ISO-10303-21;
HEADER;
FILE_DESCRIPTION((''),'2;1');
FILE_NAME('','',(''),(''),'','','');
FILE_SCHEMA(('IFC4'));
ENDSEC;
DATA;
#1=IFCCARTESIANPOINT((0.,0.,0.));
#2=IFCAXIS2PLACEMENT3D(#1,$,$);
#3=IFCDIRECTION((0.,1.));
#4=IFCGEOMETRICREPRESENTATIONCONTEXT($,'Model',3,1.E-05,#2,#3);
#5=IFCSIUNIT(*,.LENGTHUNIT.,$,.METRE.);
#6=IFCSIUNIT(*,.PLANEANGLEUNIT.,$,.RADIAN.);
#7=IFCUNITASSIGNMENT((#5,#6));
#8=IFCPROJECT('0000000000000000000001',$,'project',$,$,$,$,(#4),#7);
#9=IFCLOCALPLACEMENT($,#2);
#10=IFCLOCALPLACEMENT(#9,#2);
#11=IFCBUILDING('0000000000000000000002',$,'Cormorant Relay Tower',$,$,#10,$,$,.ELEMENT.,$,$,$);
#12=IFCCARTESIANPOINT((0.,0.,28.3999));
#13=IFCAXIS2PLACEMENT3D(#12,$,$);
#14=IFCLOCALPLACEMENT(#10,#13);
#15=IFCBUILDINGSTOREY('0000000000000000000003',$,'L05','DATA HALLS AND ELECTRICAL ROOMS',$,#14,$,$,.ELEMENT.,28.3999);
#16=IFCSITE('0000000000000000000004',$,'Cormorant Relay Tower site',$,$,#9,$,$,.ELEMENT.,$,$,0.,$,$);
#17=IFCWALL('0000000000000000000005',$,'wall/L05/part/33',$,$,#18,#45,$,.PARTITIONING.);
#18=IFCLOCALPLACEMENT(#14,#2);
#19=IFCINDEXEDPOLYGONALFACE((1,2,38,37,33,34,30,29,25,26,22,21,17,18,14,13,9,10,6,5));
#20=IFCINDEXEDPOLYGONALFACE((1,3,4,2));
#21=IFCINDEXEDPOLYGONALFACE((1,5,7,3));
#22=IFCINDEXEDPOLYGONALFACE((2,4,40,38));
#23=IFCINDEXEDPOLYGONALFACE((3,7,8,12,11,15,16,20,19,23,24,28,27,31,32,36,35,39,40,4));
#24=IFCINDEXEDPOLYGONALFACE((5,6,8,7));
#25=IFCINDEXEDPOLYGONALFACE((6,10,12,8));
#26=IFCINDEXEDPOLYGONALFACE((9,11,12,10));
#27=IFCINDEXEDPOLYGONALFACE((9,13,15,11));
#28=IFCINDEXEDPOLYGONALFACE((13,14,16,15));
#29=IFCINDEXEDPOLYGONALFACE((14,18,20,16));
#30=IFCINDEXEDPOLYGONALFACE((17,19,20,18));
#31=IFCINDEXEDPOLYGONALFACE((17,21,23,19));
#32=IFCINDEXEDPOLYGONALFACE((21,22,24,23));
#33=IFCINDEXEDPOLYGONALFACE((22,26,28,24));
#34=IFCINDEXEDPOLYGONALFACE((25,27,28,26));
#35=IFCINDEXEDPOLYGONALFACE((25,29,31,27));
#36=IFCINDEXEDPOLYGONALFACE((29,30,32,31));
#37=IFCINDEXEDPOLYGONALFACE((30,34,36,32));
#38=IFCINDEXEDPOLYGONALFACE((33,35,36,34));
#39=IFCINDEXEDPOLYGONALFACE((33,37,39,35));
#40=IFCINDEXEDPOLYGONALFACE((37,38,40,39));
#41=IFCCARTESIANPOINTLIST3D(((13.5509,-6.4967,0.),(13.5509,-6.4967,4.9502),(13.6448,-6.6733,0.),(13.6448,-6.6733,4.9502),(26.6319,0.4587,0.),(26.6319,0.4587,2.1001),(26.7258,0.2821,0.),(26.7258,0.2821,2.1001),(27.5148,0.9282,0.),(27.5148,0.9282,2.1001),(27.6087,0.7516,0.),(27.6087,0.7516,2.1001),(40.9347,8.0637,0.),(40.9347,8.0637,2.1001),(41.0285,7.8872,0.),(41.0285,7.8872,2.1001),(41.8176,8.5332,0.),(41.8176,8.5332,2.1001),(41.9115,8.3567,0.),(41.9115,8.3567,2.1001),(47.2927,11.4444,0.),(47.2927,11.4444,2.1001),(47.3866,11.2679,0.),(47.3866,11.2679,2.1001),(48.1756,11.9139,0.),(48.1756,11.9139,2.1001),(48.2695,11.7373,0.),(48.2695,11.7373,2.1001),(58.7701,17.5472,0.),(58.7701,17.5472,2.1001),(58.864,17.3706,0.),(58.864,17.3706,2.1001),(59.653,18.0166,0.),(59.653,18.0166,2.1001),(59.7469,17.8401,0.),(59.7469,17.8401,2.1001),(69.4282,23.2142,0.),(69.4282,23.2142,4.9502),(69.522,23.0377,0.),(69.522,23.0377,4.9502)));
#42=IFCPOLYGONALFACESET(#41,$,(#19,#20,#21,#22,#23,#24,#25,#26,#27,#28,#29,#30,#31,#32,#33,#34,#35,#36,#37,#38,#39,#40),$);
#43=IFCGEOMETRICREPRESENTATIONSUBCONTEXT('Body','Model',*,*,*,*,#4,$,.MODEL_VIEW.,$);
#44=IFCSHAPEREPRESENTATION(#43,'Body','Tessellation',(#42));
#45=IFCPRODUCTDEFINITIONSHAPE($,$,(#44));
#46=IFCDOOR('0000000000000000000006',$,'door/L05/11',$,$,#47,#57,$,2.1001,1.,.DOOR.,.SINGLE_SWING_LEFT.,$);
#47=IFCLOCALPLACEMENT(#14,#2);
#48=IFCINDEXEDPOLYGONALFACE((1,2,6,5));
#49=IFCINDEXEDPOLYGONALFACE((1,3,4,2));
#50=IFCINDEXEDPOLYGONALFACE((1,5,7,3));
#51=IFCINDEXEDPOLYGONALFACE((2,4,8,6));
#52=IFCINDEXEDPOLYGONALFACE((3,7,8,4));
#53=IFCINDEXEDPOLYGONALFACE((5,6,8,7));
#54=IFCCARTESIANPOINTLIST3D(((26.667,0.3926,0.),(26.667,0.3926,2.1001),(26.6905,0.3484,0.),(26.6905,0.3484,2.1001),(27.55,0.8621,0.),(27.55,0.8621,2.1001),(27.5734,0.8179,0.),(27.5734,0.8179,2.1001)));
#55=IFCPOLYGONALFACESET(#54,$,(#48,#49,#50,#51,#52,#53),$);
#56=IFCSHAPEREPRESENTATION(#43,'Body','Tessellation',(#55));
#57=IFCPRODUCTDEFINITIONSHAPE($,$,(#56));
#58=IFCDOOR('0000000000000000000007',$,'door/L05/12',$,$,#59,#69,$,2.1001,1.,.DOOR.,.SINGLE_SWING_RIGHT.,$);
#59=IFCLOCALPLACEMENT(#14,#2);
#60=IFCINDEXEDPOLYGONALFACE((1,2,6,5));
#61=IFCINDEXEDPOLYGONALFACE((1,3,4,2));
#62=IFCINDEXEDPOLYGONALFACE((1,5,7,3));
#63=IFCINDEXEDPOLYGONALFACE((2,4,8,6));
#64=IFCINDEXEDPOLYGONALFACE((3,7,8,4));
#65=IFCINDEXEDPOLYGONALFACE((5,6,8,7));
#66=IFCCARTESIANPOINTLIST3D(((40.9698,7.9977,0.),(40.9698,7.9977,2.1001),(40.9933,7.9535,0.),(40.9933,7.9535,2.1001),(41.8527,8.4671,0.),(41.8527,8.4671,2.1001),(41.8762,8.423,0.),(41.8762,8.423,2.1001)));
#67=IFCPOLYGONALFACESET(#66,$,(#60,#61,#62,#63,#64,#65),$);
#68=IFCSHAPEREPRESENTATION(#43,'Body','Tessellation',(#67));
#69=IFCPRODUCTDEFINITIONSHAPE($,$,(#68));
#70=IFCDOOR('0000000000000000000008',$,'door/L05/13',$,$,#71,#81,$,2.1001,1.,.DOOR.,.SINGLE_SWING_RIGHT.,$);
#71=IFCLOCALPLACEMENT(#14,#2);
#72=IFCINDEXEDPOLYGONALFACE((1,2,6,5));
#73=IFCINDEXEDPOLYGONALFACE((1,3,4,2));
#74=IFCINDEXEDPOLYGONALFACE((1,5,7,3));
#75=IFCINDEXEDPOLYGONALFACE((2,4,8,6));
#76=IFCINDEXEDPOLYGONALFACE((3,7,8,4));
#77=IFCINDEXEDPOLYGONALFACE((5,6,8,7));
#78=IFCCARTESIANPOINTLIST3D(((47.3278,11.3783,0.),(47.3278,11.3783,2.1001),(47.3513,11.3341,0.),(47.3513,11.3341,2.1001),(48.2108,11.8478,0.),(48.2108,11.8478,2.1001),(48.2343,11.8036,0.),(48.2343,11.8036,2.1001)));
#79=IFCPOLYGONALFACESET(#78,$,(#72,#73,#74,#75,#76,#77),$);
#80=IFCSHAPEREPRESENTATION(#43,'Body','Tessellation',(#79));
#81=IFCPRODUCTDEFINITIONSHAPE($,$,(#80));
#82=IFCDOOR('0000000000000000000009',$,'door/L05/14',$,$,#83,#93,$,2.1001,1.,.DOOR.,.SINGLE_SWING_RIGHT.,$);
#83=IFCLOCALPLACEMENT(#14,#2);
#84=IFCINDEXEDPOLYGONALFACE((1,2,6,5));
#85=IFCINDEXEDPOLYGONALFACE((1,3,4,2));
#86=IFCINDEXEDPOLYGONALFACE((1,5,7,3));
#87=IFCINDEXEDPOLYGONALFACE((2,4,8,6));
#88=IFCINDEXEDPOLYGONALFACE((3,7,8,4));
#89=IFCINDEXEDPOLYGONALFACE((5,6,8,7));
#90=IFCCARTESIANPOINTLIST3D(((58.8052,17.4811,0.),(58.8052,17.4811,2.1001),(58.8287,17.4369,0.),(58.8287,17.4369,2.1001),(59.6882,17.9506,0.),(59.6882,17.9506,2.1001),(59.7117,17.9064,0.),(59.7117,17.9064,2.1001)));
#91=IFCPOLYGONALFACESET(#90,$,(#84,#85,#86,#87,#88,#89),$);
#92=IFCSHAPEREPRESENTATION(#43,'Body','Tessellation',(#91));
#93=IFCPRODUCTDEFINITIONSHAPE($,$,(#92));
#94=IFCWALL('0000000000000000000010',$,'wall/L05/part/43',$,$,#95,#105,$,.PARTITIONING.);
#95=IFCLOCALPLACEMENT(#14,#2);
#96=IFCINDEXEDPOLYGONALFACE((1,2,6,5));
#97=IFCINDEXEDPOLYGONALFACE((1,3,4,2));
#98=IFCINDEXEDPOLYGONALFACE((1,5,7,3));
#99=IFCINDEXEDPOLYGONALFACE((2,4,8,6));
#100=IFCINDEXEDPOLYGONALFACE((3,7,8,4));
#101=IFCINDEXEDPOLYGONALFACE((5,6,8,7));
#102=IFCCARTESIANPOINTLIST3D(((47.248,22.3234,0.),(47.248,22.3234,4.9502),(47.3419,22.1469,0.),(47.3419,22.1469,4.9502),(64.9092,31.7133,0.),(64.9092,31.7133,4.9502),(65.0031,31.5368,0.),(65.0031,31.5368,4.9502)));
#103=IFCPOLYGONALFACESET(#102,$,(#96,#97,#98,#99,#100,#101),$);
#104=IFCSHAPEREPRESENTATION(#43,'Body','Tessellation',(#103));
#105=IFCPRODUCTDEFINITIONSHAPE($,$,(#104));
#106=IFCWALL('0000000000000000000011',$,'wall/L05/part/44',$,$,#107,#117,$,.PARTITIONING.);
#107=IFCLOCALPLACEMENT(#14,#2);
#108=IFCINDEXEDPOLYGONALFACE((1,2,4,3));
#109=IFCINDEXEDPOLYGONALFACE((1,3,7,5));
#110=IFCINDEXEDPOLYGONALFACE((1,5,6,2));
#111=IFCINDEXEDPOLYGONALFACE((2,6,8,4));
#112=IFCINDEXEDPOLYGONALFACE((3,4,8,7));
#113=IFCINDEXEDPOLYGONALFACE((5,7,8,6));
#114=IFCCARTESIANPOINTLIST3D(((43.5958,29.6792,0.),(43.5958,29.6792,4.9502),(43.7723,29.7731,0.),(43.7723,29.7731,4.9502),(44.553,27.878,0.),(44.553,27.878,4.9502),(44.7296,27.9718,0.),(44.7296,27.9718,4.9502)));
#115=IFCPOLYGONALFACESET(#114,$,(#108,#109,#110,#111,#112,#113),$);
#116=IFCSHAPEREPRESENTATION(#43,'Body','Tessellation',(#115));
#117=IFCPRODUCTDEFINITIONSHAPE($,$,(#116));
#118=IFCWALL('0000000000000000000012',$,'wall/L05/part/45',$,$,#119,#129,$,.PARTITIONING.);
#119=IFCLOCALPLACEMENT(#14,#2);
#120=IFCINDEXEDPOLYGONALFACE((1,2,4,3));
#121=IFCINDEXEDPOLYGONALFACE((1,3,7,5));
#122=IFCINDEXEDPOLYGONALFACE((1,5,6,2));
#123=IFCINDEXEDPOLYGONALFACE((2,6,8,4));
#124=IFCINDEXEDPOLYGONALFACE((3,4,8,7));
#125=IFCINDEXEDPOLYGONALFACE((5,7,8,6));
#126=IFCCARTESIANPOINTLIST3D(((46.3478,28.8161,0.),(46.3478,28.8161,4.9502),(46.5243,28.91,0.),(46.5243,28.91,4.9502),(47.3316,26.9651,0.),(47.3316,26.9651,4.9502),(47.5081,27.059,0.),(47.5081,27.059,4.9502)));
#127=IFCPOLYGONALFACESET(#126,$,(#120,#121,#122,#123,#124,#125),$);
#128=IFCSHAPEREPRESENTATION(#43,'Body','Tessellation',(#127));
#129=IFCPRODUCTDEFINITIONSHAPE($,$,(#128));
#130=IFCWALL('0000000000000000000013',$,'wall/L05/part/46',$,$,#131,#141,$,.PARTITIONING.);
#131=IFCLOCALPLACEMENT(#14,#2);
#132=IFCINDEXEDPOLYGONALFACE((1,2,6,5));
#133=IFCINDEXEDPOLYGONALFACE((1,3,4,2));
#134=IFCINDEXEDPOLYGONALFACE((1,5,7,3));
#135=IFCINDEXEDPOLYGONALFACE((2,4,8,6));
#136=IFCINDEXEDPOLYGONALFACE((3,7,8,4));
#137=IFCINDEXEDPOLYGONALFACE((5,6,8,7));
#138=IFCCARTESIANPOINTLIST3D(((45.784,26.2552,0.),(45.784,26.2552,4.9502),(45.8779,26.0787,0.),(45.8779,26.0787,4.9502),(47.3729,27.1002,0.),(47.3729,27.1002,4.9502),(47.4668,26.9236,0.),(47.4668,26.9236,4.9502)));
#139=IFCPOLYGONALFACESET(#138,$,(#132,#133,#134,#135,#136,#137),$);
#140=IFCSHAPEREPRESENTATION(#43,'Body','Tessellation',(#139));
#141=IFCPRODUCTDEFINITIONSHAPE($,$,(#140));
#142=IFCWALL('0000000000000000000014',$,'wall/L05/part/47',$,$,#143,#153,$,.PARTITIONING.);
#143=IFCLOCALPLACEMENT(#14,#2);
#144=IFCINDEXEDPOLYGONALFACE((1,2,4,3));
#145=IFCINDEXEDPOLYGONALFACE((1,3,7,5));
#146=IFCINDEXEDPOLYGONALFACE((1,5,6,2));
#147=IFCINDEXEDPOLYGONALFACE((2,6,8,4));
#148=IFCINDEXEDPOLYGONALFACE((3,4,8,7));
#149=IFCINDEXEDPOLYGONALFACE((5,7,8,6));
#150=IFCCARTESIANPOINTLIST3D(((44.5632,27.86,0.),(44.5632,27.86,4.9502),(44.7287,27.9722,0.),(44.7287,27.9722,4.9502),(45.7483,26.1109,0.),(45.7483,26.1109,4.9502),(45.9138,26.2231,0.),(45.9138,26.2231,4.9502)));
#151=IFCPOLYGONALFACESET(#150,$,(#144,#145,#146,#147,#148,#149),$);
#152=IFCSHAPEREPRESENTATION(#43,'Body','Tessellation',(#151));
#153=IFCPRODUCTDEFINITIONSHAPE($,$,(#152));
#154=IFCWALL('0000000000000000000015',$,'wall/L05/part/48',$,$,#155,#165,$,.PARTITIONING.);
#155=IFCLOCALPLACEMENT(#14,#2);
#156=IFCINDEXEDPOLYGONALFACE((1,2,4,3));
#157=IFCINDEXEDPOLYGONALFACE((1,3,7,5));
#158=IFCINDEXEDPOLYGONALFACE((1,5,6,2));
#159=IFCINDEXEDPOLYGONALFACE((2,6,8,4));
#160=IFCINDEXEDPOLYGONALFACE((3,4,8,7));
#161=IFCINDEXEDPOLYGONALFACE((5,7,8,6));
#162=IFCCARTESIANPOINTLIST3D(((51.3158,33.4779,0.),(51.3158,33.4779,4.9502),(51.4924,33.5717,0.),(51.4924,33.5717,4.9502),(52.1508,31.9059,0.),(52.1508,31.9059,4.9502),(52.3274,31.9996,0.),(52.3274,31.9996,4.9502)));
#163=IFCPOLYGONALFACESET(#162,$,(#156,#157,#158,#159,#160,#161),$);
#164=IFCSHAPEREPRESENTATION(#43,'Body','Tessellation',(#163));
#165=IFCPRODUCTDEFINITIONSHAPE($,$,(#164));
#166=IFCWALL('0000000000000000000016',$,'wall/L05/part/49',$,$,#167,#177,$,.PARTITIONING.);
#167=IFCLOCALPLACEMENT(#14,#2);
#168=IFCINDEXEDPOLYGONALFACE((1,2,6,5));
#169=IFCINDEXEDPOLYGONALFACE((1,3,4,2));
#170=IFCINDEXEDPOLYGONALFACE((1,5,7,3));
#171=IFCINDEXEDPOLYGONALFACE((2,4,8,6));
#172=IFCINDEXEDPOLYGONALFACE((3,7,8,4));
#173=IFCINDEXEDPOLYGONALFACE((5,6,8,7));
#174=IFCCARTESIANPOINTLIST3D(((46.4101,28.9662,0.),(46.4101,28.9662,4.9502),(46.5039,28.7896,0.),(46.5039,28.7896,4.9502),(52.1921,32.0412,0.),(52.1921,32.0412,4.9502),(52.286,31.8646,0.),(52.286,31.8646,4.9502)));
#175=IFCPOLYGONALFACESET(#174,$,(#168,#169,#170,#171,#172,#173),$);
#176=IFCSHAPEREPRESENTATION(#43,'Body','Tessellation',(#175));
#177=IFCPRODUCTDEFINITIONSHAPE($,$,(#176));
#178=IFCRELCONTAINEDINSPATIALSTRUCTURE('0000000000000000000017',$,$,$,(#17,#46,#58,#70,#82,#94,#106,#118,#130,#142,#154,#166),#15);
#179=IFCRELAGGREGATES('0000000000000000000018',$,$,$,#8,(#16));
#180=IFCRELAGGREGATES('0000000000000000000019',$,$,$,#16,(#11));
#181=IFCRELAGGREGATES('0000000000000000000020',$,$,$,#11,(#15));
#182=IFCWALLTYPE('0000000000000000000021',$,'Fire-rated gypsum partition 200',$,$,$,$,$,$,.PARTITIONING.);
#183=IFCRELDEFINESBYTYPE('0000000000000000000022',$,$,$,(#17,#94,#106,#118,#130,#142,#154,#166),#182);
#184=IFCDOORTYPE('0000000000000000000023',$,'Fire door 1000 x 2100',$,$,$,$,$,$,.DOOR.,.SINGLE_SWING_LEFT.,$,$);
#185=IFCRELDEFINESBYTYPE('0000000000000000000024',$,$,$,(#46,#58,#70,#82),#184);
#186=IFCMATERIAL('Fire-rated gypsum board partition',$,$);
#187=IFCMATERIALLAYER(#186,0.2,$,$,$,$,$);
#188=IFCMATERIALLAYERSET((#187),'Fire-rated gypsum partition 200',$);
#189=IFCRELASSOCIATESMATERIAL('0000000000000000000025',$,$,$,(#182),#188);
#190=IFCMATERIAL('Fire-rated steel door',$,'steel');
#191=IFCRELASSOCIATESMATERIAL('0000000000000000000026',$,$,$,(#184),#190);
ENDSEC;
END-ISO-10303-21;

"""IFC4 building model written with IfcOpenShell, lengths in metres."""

from ifc_helpers import new_model, si_unit, direction, frame, frame_2d, origin, place, context, subcontext, project, spatial, rectangle, extrude, material, layer, layer_set, type_object, element, fill, save


model = new_model("IFC4")

# Units and contexts
model_context = context("Model", 3, precision=1e-05, world=origin(), true_north=direction((0.0, 1.0)))
body_context = subcontext(model_context, "Body", "Model", "MODEL_VIEW")
ifc_project = project(units=[si_unit("LENGTHUNIT", "METRE"), si_unit("PLANEANGLEUNIT", "RADIAN")], contexts=[model_context])

# Site, building, storey
site_placement = place(None, origin())
site = spatial("IfcSite", under=ifc_project, at=site_placement, Name="Cormorant Relay Tower site", CompositionType="ELEMENT", RefElevation=0.0)
building_placement = place(site_placement, origin())
building = spatial("IfcBuilding", under=site, at=building_placement, Name="Cormorant Relay Tower", CompositionType="ELEMENT")
storey_placement = place(building_placement, frame((0.0, 0.0, 28.3999)))
storey = spatial("IfcBuildingStorey", under=building, at=storey_placement, Name="L05", Description="DATA HALLS AND ELECTRICAL ROOMS", CompositionType="ELEMENT", Elevation=28.3999)

# Wall, openings, doors
ifc_material_1 = material(Name="Fire-rated gypsum board partition")
ifc_layer_1 = layer(ifc_material_1, 0.2)
ifc_layer_set_1 = layer_set([ifc_layer_1], Name="Fire-rated gypsum partition 200")
wall_type_1 = type_object("IfcWallType", Name="Fire-rated gypsum partition 200", PredefinedType="PARTITIONING", material=ifc_layer_set_1)
wall_1_placement = place(storey_placement, frame((69.4751, 23.126, 0.0), z_axis=(0.0, 0.0, 1.0), x_axis=(-0.882944, -0.469478, 0.0)))
wall_1 = element("IfcWall", 1, at=wall_1_placement, inside=storey, type_object=wall_type_1, Name="wall/L05/part/33", PredefinedType="PARTITIONING", context=body_context, shape_type="SweptSolid", body=[
    extrude(rectangle(XDim=63.2852, YDim=0.2, at=frame_2d((31.6426, 0.0))), origin(), (0.0, 0.0, 1.0), 4.9502),
])
opening_1_placement = place(wall_1_placement, frame((47.47, 0.0, 0.0)))
opening_1 = element("IfcOpeningElement", 2, at=opening_1_placement, cuts=wall_1, PredefinedType="OPENING", context=body_context, shape_type="SweptSolid", body=[
    extrude(rectangle(XDim=1.0, YDim=2.1001, at=frame_2d((0.5, 1.05))), frame((0.0, 0.1099, 0.0), z_axis=(0.0, -1.0, 0.0), x_axis=(1.0, 0.0, 0.0)), (0.0, 0.0, 1.0), 0.22),
])
opening_2_placement = place(wall_1_placement, frame((31.271, 0.0, 0.0)))
opening_2 = element("IfcOpeningElement", 3, at=opening_2_placement, cuts=wall_1, PredefinedType="OPENING", context=body_context, shape_type="SweptSolid", body=[
    extrude(rectangle(XDim=1.0, YDim=2.1001, at=frame_2d((0.5, 1.05))), frame((0.0, 0.1099, 0.0), z_axis=(0.0, -1.0, 0.0), x_axis=(1.0, 0.0, 0.0)), (0.0, 0.0, 1.0), 0.22),
])
opening_3_placement = place(wall_1_placement, frame((24.0701, 0.0, 0.0)))
opening_3 = element("IfcOpeningElement", 4, at=opening_3_placement, cuts=wall_1, PredefinedType="OPENING", context=body_context, shape_type="SweptSolid", body=[
    extrude(rectangle(XDim=1.0, YDim=2.1001, at=frame_2d((0.5, 1.05))), frame((0.0, 0.1099, 0.0), z_axis=(0.0, -1.0, 0.0), x_axis=(1.0, 0.0, 0.0)), (0.0, 0.0, 1.0), 0.22),
])
opening_4_placement = place(wall_1_placement, frame((11.071, 0.0, 0.0)))
opening_4 = element("IfcOpeningElement", 5, at=opening_4_placement, cuts=wall_1, PredefinedType="OPENING", context=body_context, shape_type="SweptSolid", body=[
    extrude(rectangle(XDim=1.0, YDim=2.1001, at=frame_2d((0.5, 1.05))), frame((0.0, 0.1099, 0.0), z_axis=(0.0, -1.0, 0.0), x_axis=(1.0, 0.0, 0.0)), (0.0, 0.0, 1.0), 0.22),
])
ifc_material_2 = material(Name="Fire-rated steel door", Category="steel")
door_type_1 = type_object("IfcDoorType", Name="Fire door 1000 x 2100", OperationType="SINGLE_SWING_LEFT", PredefinedType="DOOR", material=ifc_material_2)
door_1_placement = place(opening_1_placement, origin())
door_1 = element("IfcDoor", 6, at=door_1_placement, inside=storey, type_object=door_type_1, Name="door/L05/11", OperationType="SINGLE_SWING_LEFT", OverallHeight=2.1001, OverallWidth=1.0, PredefinedType="DOOR", context=body_context, shape_type="SweptSolid", body=[
    extrude(rectangle(XDim=1.0, YDim=2.1001, at=frame_2d((0.5, 1.05))), frame((0.0, 0.0249, 0.0), z_axis=(0.0, -1.0, 0.0), x_axis=(1.0, 0.0, 0.0)), (0.0, 0.0, 1.0), 0.05),
])
fill(opening_1, door_1)
door_2_placement = place(opening_2_placement, origin())
door_2 = element("IfcDoor", 7, at=door_2_placement, inside=storey, type_object=door_type_1, Name="door/L05/12", OperationType="SINGLE_SWING_RIGHT", OverallHeight=2.1001, OverallWidth=1.0, PredefinedType="DOOR", context=body_context, shape_type="SweptSolid", body=[
    extrude(rectangle(XDim=1.0, YDim=2.1001, at=frame_2d((0.5, 1.05))), frame((0.0, 0.0249, 0.0), z_axis=(0.0, -1.0, 0.0), x_axis=(1.0, 0.0, 0.0)), (0.0, 0.0, 1.0), 0.05),
])
fill(opening_2, door_2)
door_3_placement = place(opening_3_placement, origin())
door_3 = element("IfcDoor", 8, at=door_3_placement, inside=storey, type_object=door_type_1, Name="door/L05/13", OperationType="SINGLE_SWING_RIGHT", OverallHeight=2.1001, OverallWidth=1.0, PredefinedType="DOOR", context=body_context, shape_type="SweptSolid", body=[
    extrude(rectangle(XDim=1.0, YDim=2.1001, at=frame_2d((0.5, 1.05))), frame((0.0, 0.0249, 0.0), z_axis=(0.0, -1.0, 0.0), x_axis=(1.0, 0.0, 0.0)), (0.0, 0.0, 1.0), 0.05),
])
fill(opening_3, door_3)
door_4_placement = place(opening_4_placement, origin())
door_4 = element("IfcDoor", 9, at=door_4_placement, inside=storey, type_object=door_type_1, Name="door/L05/14", OperationType="SINGLE_SWING_RIGHT", OverallHeight=2.1001, OverallWidth=1.0, PredefinedType="DOOR", context=body_context, shape_type="SweptSolid", body=[
    extrude(rectangle(XDim=1.0, YDim=2.1001, at=frame_2d((0.5, 1.05))), frame((0.0, 0.0249, 0.0), z_axis=(0.0, -1.0, 0.0), x_axis=(1.0, 0.0, 0.0)), (0.0, 0.0, 1.0), 0.05),
])
fill(opening_4, door_4)

# Walls
wall_2_placement = place(storey_placement, frame((64.9561, 31.625, 0.0), z_axis=(0.0, 0.0, 1.0), x_axis=(-0.882962, -0.469444, 0.0)))
element("IfcWall", 10, at=wall_2_placement, inside=storey, type_object=wall_type_1, Name="wall/L05/part/43", PredefinedType="PARTITIONING", context=body_context, shape_type="SweptSolid", body=[
    extrude(rectangle(XDim=20.0022, YDim=0.2, at=frame_2d((10.001, 0.0))), origin(), (0.0, 0.0, 1.0), 4.9502),
])
wall_3_placement = place(storey_placement, frame((44.6414, 27.9248, 0.0), z_axis=(0.0, 0.0, 1.0), x_axis=(-0.469289, 0.883044, 0.0)))
element("IfcWall", 11, at=wall_3_placement, inside=storey, type_object=wall_type_1, Name="wall/L05/part/44", PredefinedType="PARTITIONING", context=body_context, shape_type="SweptSolid", body=[
    extrude(rectangle(XDim=2.0398, YDim=0.2, at=frame_2d((1.02, 0.0))), origin(), (0.0, 0.0, 1.0), 4.9502),
])
wall_4_placement = place(storey_placement, frame((46.436, 28.863, 0.0), z_axis=(0.0, 0.0, 1.0), x_axis=(0.469343, -0.883016, 0.0)))
element("IfcWall", 12, at=wall_4_placement, inside=storey, type_object=wall_type_1, Name="wall/L05/part/45", PredefinedType="PARTITIONING", context=body_context, shape_type="SweptSolid", body=[
    extrude(rectangle(XDim=2.0962, YDim=0.2, at=frame_2d((1.0481, 0.0))), origin(), (0.0, 0.0, 1.0), 4.9502),
])
wall_5_placement = place(storey_placement, frame((47.4199, 27.012, 0.0), z_axis=(0.0, 0.0, 1.0), x_axis=(-0.882912, -0.469539, 0.0)))
element("IfcWall", 13, at=wall_5_placement, inside=storey, type_object=wall_type_1, Name="wall/L05/part/46", PredefinedType="PARTITIONING", context=body_context, shape_type="SweptSolid", body=[
    extrude(rectangle(XDim=1.7996, YDim=0.2, at=frame_2d((0.8999, 0.0))), origin(), (0.0, 0.0, 1.0), 4.9502),
])
wall_6_placement = place(storey_placement, frame((45.8311, 26.167, 0.0), z_axis=(0.0, 0.0, 1.0), x_axis=(-0.560925, 0.827867, 0.0)))
element("IfcWall", 14, at=wall_6_placement, inside=storey, type_object=wall_type_1, Name="wall/L05/part/47", PredefinedType="PARTITIONING", context=body_context, shape_type="SweptSolid", body=[
    extrude(rectangle(XDim=2.1128, YDim=0.2, at=frame_2d((1.0564, 0.0))), origin(), (0.0, 0.0, 1.0), 4.9502),
])
wall_7_placement = place(storey_placement, frame((51.4041, 33.5249, 0.0), z_axis=(0.0, 0.0, 1.0), x_axis=(0.469078, -0.883157, 0.0)))
element("IfcWall", 15, at=wall_7_placement, inside=storey, type_object=wall_type_1, Name="wall/L05/part/48", PredefinedType="PARTITIONING", context=body_context, shape_type="SweptSolid", body=[
    extrude(rectangle(XDim=1.78, YDim=0.2, at=frame_2d((0.8901, 0.0))), origin(), (0.0, 0.0, 1.0), 4.9502),
])
wall_8_placement = place(storey_placement, frame((52.239, 31.9529, 0.0), z_axis=(0.0, 0.0, 1.0), x_axis=(-0.882909, -0.469545, 0.0)))
element("IfcWall", 16, at=wall_8_placement, inside=storey, type_object=wall_type_1, Name="wall/L05/part/49", PredefinedType="PARTITIONING", context=body_context, shape_type="SweptSolid", body=[
    extrude(rectangle(XDim=6.5488, YDim=0.2, at=frame_2d((3.2744, 0.0))), origin(), (0.0, 0.0, 1.0), 4.9502),
])

save(model, "model.ifc")
